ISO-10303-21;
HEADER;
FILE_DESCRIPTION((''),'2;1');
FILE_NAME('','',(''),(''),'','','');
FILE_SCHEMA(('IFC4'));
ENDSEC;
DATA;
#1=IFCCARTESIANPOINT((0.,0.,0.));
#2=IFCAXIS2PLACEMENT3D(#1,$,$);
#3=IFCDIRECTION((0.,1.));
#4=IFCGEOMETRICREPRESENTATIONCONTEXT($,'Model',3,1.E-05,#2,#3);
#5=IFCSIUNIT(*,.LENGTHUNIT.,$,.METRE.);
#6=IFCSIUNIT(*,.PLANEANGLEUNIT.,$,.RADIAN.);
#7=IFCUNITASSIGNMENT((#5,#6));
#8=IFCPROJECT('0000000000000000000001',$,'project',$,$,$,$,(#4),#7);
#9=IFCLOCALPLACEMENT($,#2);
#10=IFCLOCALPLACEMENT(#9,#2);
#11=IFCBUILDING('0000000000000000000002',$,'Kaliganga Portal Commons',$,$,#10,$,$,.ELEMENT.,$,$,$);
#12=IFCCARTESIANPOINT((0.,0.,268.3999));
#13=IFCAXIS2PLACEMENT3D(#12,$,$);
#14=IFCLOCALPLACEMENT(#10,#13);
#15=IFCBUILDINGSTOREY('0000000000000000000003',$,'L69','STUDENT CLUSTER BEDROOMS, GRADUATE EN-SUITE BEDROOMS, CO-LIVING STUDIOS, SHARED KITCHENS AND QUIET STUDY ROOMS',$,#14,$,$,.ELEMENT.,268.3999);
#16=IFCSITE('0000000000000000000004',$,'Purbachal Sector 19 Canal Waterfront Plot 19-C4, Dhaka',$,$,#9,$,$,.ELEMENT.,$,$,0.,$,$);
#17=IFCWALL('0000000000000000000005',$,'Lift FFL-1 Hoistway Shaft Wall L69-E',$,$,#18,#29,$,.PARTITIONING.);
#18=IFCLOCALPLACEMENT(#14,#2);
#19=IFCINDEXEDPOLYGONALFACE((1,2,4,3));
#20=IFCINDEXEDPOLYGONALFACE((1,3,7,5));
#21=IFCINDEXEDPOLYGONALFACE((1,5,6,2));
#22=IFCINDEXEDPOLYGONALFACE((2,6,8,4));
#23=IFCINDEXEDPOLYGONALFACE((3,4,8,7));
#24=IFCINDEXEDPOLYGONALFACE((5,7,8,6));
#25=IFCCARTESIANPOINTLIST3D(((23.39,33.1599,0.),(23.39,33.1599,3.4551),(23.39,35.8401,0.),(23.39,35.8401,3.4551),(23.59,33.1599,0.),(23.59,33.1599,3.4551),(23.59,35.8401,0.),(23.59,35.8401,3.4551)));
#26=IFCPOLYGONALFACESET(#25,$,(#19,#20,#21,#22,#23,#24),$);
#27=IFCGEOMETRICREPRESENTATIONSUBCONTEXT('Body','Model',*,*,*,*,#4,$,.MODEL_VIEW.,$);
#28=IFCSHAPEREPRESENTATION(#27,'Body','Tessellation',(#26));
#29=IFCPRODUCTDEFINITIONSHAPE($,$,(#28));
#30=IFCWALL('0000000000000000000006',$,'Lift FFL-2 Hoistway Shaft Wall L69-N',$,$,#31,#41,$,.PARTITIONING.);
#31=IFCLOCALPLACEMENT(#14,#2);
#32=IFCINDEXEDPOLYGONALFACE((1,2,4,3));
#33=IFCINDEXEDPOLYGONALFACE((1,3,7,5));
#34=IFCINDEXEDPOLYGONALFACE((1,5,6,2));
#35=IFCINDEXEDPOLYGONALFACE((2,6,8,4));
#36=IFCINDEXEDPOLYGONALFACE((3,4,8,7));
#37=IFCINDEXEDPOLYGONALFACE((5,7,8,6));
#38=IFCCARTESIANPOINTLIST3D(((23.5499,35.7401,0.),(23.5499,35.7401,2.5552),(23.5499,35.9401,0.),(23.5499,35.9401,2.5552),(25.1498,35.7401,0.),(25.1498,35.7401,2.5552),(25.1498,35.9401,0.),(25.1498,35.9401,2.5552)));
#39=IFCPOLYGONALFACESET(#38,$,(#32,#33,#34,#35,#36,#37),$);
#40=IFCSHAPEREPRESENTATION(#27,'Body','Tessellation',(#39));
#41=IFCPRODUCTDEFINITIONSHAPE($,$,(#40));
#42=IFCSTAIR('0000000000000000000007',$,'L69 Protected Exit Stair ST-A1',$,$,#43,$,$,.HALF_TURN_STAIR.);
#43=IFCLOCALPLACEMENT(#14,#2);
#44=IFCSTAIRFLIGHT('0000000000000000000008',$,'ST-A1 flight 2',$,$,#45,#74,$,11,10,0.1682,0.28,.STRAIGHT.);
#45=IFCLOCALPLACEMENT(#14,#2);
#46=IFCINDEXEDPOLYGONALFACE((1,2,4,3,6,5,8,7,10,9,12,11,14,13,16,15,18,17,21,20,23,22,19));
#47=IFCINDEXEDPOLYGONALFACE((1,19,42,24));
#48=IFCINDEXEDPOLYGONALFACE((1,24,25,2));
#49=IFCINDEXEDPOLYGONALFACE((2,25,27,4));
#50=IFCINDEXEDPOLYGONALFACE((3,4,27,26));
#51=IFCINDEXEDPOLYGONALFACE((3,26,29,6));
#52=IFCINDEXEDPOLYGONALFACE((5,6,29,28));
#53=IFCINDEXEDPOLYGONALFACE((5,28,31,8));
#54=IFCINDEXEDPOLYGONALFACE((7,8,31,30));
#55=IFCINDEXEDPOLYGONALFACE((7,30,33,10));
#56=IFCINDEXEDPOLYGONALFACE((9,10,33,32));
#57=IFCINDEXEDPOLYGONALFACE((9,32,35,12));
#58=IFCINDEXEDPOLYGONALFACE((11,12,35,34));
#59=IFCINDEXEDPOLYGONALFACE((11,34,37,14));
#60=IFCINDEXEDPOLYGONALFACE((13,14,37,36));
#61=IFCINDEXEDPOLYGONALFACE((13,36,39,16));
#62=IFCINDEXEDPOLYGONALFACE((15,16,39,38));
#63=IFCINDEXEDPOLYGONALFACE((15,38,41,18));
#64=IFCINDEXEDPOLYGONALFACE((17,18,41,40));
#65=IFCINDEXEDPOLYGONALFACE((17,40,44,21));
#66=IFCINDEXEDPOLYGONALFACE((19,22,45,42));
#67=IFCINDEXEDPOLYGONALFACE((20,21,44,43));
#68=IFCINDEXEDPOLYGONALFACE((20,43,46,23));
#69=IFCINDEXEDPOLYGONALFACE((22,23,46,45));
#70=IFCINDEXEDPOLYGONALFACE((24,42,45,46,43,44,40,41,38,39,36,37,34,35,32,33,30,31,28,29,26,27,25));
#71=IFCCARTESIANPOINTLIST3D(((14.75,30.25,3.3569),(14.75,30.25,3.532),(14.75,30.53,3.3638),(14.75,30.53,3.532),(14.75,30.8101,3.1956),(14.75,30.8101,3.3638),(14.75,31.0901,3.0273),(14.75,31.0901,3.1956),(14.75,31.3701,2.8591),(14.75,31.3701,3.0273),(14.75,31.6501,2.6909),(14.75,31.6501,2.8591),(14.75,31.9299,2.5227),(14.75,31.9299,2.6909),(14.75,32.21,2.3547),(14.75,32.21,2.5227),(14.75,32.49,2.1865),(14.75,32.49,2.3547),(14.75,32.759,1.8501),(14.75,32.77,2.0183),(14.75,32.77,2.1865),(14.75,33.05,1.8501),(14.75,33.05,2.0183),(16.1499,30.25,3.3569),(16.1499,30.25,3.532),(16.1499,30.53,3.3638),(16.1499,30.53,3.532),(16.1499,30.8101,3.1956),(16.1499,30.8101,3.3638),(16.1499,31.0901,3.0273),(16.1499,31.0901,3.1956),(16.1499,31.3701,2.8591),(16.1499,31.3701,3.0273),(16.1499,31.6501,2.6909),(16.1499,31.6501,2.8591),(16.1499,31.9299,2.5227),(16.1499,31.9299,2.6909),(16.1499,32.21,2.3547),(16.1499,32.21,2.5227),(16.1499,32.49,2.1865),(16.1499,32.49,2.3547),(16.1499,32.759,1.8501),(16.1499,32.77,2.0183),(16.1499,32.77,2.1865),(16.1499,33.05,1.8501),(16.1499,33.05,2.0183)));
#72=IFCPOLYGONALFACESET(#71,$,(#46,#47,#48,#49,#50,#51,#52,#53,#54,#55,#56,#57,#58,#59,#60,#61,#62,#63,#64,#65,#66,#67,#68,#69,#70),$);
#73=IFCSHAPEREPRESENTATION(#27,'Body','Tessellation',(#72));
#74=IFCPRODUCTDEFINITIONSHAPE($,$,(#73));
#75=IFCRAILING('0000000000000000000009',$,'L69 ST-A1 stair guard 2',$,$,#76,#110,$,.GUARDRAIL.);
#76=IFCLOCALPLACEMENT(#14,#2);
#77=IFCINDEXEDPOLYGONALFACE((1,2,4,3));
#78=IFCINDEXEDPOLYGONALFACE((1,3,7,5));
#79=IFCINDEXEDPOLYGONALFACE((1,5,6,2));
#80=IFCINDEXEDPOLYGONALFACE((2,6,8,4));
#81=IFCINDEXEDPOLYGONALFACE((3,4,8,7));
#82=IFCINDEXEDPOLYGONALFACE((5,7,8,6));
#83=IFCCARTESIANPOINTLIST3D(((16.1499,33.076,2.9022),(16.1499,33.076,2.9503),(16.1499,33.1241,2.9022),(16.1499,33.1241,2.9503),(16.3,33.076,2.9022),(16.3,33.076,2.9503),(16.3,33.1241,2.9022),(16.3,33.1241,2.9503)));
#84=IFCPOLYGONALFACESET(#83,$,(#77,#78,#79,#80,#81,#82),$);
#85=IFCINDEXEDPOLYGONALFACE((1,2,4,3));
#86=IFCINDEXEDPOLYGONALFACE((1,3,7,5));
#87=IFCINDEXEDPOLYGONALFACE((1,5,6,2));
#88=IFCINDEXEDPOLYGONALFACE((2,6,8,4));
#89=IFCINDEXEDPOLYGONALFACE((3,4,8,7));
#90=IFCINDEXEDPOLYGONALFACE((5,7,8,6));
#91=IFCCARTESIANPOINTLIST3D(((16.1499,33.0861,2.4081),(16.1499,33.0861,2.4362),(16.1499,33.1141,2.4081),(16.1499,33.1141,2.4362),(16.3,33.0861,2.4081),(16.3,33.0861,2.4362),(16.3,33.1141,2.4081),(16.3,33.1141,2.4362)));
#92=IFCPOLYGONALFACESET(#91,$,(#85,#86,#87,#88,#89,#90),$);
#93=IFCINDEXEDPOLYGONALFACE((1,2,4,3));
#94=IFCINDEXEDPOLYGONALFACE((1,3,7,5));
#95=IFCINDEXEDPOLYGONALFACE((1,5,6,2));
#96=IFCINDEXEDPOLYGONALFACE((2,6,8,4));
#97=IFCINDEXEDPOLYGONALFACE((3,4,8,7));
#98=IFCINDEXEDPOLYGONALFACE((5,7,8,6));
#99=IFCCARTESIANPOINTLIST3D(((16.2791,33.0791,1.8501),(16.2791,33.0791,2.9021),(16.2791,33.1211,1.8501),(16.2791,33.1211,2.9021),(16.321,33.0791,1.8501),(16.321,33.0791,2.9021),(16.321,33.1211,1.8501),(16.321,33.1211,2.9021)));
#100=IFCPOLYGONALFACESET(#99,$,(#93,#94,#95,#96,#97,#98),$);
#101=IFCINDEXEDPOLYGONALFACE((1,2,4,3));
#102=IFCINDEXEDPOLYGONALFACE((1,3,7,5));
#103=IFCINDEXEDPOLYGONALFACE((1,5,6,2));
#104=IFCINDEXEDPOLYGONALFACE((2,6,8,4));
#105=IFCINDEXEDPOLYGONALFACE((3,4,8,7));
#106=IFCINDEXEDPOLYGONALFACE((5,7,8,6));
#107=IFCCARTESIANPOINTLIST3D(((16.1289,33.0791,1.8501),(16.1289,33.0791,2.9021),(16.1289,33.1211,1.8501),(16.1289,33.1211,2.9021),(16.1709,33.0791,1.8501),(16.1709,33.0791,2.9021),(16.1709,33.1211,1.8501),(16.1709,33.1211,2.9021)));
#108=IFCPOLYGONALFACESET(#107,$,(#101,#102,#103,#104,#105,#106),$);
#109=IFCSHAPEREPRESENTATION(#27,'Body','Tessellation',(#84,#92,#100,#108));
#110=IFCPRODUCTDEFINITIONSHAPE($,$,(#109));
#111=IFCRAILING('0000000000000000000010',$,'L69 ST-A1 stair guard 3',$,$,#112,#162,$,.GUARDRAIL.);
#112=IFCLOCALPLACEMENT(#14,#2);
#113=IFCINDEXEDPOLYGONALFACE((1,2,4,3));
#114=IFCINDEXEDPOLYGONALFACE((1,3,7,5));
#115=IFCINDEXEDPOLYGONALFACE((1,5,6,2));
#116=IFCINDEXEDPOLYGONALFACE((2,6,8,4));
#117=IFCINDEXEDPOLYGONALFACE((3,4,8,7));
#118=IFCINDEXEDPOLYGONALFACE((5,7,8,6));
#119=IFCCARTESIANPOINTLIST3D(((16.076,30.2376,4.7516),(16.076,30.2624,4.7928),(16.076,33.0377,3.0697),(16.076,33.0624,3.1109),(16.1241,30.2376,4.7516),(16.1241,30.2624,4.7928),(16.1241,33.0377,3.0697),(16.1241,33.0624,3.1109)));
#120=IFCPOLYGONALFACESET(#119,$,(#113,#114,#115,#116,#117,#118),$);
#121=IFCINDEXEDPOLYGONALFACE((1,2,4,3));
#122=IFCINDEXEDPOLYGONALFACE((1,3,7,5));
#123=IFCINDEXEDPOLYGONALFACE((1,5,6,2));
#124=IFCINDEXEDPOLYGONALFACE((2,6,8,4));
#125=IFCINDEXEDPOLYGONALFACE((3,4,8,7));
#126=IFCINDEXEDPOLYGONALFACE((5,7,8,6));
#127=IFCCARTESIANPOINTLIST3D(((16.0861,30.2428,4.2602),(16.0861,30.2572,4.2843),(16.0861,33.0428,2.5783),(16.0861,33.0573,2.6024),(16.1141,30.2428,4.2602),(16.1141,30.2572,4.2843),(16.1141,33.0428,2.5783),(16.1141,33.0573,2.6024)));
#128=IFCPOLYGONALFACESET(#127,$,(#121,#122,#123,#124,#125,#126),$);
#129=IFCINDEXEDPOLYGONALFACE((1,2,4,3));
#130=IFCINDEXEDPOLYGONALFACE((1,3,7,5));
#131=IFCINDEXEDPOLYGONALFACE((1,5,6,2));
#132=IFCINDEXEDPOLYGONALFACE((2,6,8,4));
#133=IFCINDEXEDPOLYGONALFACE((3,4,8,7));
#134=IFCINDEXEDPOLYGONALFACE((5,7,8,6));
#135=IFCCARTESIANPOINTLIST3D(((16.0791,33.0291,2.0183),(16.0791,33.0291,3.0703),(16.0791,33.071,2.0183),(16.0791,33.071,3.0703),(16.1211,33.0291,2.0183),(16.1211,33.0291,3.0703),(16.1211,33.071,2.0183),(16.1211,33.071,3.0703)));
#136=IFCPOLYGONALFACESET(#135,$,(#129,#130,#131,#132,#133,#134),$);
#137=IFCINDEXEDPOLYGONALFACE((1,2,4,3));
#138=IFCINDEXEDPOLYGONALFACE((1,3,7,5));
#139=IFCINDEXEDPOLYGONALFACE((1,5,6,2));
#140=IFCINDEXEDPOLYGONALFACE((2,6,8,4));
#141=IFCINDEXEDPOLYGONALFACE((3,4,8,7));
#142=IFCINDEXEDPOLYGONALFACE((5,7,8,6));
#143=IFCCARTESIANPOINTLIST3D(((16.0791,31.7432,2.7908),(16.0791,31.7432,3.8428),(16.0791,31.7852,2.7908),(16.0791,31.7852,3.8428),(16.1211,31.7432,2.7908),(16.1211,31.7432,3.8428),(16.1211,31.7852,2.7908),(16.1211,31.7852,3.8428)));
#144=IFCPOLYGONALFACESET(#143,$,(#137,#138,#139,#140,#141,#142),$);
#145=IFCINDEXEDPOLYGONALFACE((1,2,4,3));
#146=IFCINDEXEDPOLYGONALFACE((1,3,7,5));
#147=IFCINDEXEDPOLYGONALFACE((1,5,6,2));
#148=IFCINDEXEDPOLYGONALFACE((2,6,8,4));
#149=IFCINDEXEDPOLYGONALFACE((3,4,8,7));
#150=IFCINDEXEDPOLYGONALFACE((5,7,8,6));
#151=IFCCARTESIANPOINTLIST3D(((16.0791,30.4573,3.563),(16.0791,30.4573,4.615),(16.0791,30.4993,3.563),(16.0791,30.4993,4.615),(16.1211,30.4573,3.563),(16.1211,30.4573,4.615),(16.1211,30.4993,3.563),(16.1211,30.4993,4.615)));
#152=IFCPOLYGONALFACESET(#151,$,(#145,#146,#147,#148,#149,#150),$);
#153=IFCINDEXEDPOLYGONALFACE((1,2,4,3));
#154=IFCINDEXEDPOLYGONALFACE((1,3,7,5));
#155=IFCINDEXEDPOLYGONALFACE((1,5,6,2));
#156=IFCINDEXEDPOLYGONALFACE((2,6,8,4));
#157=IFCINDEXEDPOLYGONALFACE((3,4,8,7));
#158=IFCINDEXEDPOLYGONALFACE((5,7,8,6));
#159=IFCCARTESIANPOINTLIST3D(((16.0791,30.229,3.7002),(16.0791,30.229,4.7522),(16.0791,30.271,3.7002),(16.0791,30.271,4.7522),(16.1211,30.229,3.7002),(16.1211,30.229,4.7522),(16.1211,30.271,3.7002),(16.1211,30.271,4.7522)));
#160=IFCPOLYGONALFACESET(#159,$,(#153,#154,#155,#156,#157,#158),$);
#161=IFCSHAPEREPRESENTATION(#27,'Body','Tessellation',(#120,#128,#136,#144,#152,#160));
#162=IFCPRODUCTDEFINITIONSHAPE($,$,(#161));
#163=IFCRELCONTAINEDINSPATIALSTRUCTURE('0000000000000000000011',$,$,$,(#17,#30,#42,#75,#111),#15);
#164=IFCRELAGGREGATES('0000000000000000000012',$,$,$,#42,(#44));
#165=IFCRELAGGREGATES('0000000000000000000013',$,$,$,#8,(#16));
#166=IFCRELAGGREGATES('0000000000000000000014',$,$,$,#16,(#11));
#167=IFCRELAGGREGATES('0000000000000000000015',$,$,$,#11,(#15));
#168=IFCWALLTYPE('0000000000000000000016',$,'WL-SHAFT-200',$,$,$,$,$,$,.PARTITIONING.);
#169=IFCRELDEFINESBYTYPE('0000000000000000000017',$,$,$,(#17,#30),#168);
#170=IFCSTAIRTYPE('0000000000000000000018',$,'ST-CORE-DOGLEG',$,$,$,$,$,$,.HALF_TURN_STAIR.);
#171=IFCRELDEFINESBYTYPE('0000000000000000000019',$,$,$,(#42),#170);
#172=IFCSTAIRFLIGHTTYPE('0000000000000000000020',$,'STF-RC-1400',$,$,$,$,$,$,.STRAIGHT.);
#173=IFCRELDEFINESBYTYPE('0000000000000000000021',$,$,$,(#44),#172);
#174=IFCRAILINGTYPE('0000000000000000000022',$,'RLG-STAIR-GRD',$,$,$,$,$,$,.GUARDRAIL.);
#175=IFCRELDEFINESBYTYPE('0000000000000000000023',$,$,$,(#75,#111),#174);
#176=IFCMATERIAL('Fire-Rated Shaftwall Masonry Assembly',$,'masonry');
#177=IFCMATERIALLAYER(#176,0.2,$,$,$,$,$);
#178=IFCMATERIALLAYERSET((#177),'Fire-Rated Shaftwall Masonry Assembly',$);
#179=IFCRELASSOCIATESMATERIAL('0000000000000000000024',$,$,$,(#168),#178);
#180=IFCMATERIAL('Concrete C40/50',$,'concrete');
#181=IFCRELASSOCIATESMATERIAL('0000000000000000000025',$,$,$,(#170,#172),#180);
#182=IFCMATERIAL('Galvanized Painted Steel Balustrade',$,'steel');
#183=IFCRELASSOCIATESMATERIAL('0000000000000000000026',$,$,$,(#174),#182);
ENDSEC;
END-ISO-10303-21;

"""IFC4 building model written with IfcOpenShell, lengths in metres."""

from ifc_helpers import new_model, si_unit, direction, frame, frame_2d, origin, origin_2d, place, context, subcontext, project, spatial, polyline, rectangle, outline, extrude, material, layer, layer_set, type_object, element, aggregate, save


model = new_model("IFC4")

# Units and contexts
model_context = context("Model", 3, precision=1e-05, world=origin(), true_north=direction((0.0, 1.0)))
body_context = subcontext(model_context, "Body", "Model", "MODEL_VIEW")
ifc_project = project(units=[si_unit("LENGTHUNIT", "METRE"), si_unit("PLANEANGLEUNIT", "RADIAN")], contexts=[model_context])

# Site, building, storey
site_placement = place(None, origin())
site = spatial("IfcSite", under=ifc_project, at=site_placement, Name="Purbachal Sector 19 Canal Waterfront Plot 19-C4, Dhaka", CompositionType="ELEMENT", RefElevation=0.0)
building_placement = place(site_placement, origin())
building = spatial("IfcBuilding", under=site, at=building_placement, Name="Kaliganga Portal Commons", CompositionType="ELEMENT")
storey_placement = place(building_placement, frame((0.0, 0.0, 268.3999)))
storey = spatial("IfcBuildingStorey", under=building, at=storey_placement, Name="L69", Description="STUDENT CLUSTER BEDROOMS, GRADUATE EN-SUITE BEDROOMS, CO-LIVING STUDIOS, SHARED KITCHENS AND QUIET STUDY ROOMS", CompositionType="ELEMENT", Elevation=268.3999)

# Shared definitions
ifc_material_1 = material(Name="Fire-Rated Shaftwall Masonry Assembly", Category="masonry")
ifc_layer_1 = layer(ifc_material_1, 0.2)
ifc_layer_set_1 = layer_set([ifc_layer_1], Name="Fire-Rated Shaftwall Masonry Assembly")
wall_type_1 = type_object("IfcWallType", Name="WL-SHAFT-200", PredefinedType="PARTITIONING", material=ifc_layer_set_1)

# Wall
for number, where, z_axis, x_axis, name in (
    (1, (23.49, 33.1599, 0.0), (0.0, 0.0, 1.0), (0.0, 1.0, 0.0), "Lift FFL-1 Hoistway Shaft Wall L69-E"),
):
    element("IfcWall", number, at=place(storey_placement, frame(where, z_axis=z_axis, x_axis=x_axis)), inside=storey, type_object=wall_type_1, Name=name, PredefinedType="PARTITIONING", context=body_context, shape_type="SweptSolid", body=[
        extrude(rectangle(XDim=2.6802, YDim=0.2, at=frame_2d((1.3401, 0.0))), origin(), (0.0, 0.0, 1.0), 3.4551),
    ])

# Wall
wall_1_placement = place(storey_placement, frame((23.55, 35.8401, 0.0), z_axis=(0.0, 0.0, 1.0), x_axis=(1.0, 0.0, 0.0)))
element("IfcWall", 2, at=wall_1_placement, inside=storey, type_object=wall_type_1, Name="Lift FFL-2 Hoistway Shaft Wall L69-N", PredefinedType="PARTITIONING", context=body_context, shape_type="SweptSolid", body=[
    extrude(rectangle(XDim=1.5999, YDim=0.2, at=frame_2d((0.7998, 0.0))), origin(), (0.0, 0.0, 1.0), 2.5552),
])

# Stair, stair flight
ifc_material_2 = material(Name="Concrete C40/50", Category="concrete")
stair_type = type_object("IfcStairType", Name="ST-CORE-DOGLEG", PredefinedType="HALF_TURN_STAIR", material=ifc_material_2)
stair_placement = place(storey_placement, origin())
stair = element("IfcStair", 3, at=stair_placement, inside=storey, type_object=stair_type, Name="L69 Protected Exit Stair ST-A1", PredefinedType="HALF_TURN_STAIR")
stair_flight_type = type_object("IfcStairFlightType", Name="STF-RC-1400", PredefinedType="STRAIGHT", material=ifc_material_2)
stair_flight_placement = place(storey_placement, frame((15.45, 33.05, 1.8501), z_axis=(0.0, 0.0, 1.0), x_axis=(0.0, -1.0, 0.0)))
stair_flight = element("IfcStairFlight", 4, at=stair_flight_placement, type_object=stair_flight_type, Name="ST-A1 flight 2", NumberOfRisers=11, NumberOfTreads=10, PredefinedType="STRAIGHT", RiserHeight=0.1682, TreadLength=0.28, context=body_context, shape_type="SweptSolid", body=[
    extrude(outline(polyline([(0.0, 0.0), (0.0, 0.1682), (0.28, 0.1682), (0.28, 0.3364), (0.5601, 0.3364), (0.5601, 0.5046), (0.8401, 0.5046), (0.8401, 0.6726), (1.1201, 0.6726), (1.1201, 0.8408), (1.3999, 0.8408), (1.3999, 1.009), (1.6799, 1.009), (1.6799, 1.1772), (1.96, 1.1772), (1.96, 1.3455), (2.24, 1.3455), (2.24, 1.5137), (2.52, 1.5137), (2.52, 1.6819), (2.8, 1.6819), (2.8, 1.8501), (2.8, 1.5068), (0.291, 0.0), (0.0, 0.0)])), frame((0.0, 0.7, 0.0), z_axis=(0.0, -1.0, 0.0), x_axis=(1.0, 0.0, 0.0)), (0.0, 0.0, 1.0), 1.3999),
])
aggregate(stair, [stair_flight])

# Railings
ifc_material_3 = material(Name="Galvanized Painted Steel Balustrade", Category="steel")
railing_type = type_object("IfcRailingType", Name="RLG-STAIR-GRD", PredefinedType="GUARDRAIL", material=ifc_material_3)
railing_1_placement = place(storey_placement, frame((16.3, 33.1001, 1.8501)))
element("IfcRailing", 5, at=railing_1_placement, inside=storey, type_object=railing_type, Name="L69 ST-A1 stair guard 2", PredefinedType="GUARDRAIL", context=body_context, shape_type="SweptSolid", body=[
    extrude(rectangle(XDim=0.0481, YDim=0.0481, at=origin_2d()), frame((0.0, 0.0, 1.0762), z_axis=(-1.0, 0.0, 0.0), x_axis=(0.0, -1.0, 0.0)), (0.0, 0.0, 1.0), 0.1501),
    extrude(rectangle(XDim=0.0281, YDim=0.0281, at=origin_2d()), frame((0.0, 0.0, 0.572), z_axis=(-1.0, 0.0, 0.0), x_axis=(0.0, -1.0, 0.0)), (0.0, 0.0, 1.0), 0.1501),
    extrude(rectangle(XDim=0.042, YDim=0.042, at=origin_2d()), origin(), (0.0, 0.0, 1.0), 1.052),
    extrude(rectangle(XDim=0.042, YDim=0.042, at=origin_2d()), frame((-0.1501, 0.0, 0.0)), (0.0, 0.0, 1.0), 1.052),
])
railing_2_placement = place(storey_placement, frame((16.1001, 33.05, 2.0183)))
element("IfcRailing", 6, at=railing_2_placement, inside=storey, type_object=railing_type, Name="L69 ST-A1 stair guard 3", PredefinedType="GUARDRAIL", context=body_context, shape_type="SweptSolid", body=[
    extrude(rectangle(XDim=0.0481, YDim=0.0481, at=origin_2d()), frame((0.0, 0.0, 1.072), z_axis=(0.0, -0.857242, 0.514913), x_axis=(1.0, 0.0, 0.0)), (0.0, 0.0, 1.0), 3.2664),
    extrude(rectangle(XDim=0.0281, YDim=0.0281, at=origin_2d()), frame((0.0, 0.0, 0.572), z_axis=(0.0, -0.857242, 0.514913), x_axis=(1.0, 0.0, 0.0)), (0.0, 0.0, 1.0), 3.2664),
    extrude(rectangle(XDim=0.042, YDim=0.042, at=origin_2d()), origin(), (0.0, 0.0, 1.0), 1.052),
    extrude(rectangle(XDim=0.042, YDim=0.042, at=origin_2d()), frame((0.0, -1.2859, 0.7725)), (0.0, 0.0, 1.0), 1.052),
    extrude(rectangle(XDim=0.042, YDim=0.042, at=origin_2d()), frame((0.0, -2.5718, 1.5447)), (0.0, 0.0, 1.0), 1.052),
    extrude(rectangle(XDim=0.042, YDim=0.042, at=origin_2d()), frame((0.0, -2.8, 1.6819)), (0.0, 0.0, 1.0), 1.052),
])

save(model, "model.ifc")
